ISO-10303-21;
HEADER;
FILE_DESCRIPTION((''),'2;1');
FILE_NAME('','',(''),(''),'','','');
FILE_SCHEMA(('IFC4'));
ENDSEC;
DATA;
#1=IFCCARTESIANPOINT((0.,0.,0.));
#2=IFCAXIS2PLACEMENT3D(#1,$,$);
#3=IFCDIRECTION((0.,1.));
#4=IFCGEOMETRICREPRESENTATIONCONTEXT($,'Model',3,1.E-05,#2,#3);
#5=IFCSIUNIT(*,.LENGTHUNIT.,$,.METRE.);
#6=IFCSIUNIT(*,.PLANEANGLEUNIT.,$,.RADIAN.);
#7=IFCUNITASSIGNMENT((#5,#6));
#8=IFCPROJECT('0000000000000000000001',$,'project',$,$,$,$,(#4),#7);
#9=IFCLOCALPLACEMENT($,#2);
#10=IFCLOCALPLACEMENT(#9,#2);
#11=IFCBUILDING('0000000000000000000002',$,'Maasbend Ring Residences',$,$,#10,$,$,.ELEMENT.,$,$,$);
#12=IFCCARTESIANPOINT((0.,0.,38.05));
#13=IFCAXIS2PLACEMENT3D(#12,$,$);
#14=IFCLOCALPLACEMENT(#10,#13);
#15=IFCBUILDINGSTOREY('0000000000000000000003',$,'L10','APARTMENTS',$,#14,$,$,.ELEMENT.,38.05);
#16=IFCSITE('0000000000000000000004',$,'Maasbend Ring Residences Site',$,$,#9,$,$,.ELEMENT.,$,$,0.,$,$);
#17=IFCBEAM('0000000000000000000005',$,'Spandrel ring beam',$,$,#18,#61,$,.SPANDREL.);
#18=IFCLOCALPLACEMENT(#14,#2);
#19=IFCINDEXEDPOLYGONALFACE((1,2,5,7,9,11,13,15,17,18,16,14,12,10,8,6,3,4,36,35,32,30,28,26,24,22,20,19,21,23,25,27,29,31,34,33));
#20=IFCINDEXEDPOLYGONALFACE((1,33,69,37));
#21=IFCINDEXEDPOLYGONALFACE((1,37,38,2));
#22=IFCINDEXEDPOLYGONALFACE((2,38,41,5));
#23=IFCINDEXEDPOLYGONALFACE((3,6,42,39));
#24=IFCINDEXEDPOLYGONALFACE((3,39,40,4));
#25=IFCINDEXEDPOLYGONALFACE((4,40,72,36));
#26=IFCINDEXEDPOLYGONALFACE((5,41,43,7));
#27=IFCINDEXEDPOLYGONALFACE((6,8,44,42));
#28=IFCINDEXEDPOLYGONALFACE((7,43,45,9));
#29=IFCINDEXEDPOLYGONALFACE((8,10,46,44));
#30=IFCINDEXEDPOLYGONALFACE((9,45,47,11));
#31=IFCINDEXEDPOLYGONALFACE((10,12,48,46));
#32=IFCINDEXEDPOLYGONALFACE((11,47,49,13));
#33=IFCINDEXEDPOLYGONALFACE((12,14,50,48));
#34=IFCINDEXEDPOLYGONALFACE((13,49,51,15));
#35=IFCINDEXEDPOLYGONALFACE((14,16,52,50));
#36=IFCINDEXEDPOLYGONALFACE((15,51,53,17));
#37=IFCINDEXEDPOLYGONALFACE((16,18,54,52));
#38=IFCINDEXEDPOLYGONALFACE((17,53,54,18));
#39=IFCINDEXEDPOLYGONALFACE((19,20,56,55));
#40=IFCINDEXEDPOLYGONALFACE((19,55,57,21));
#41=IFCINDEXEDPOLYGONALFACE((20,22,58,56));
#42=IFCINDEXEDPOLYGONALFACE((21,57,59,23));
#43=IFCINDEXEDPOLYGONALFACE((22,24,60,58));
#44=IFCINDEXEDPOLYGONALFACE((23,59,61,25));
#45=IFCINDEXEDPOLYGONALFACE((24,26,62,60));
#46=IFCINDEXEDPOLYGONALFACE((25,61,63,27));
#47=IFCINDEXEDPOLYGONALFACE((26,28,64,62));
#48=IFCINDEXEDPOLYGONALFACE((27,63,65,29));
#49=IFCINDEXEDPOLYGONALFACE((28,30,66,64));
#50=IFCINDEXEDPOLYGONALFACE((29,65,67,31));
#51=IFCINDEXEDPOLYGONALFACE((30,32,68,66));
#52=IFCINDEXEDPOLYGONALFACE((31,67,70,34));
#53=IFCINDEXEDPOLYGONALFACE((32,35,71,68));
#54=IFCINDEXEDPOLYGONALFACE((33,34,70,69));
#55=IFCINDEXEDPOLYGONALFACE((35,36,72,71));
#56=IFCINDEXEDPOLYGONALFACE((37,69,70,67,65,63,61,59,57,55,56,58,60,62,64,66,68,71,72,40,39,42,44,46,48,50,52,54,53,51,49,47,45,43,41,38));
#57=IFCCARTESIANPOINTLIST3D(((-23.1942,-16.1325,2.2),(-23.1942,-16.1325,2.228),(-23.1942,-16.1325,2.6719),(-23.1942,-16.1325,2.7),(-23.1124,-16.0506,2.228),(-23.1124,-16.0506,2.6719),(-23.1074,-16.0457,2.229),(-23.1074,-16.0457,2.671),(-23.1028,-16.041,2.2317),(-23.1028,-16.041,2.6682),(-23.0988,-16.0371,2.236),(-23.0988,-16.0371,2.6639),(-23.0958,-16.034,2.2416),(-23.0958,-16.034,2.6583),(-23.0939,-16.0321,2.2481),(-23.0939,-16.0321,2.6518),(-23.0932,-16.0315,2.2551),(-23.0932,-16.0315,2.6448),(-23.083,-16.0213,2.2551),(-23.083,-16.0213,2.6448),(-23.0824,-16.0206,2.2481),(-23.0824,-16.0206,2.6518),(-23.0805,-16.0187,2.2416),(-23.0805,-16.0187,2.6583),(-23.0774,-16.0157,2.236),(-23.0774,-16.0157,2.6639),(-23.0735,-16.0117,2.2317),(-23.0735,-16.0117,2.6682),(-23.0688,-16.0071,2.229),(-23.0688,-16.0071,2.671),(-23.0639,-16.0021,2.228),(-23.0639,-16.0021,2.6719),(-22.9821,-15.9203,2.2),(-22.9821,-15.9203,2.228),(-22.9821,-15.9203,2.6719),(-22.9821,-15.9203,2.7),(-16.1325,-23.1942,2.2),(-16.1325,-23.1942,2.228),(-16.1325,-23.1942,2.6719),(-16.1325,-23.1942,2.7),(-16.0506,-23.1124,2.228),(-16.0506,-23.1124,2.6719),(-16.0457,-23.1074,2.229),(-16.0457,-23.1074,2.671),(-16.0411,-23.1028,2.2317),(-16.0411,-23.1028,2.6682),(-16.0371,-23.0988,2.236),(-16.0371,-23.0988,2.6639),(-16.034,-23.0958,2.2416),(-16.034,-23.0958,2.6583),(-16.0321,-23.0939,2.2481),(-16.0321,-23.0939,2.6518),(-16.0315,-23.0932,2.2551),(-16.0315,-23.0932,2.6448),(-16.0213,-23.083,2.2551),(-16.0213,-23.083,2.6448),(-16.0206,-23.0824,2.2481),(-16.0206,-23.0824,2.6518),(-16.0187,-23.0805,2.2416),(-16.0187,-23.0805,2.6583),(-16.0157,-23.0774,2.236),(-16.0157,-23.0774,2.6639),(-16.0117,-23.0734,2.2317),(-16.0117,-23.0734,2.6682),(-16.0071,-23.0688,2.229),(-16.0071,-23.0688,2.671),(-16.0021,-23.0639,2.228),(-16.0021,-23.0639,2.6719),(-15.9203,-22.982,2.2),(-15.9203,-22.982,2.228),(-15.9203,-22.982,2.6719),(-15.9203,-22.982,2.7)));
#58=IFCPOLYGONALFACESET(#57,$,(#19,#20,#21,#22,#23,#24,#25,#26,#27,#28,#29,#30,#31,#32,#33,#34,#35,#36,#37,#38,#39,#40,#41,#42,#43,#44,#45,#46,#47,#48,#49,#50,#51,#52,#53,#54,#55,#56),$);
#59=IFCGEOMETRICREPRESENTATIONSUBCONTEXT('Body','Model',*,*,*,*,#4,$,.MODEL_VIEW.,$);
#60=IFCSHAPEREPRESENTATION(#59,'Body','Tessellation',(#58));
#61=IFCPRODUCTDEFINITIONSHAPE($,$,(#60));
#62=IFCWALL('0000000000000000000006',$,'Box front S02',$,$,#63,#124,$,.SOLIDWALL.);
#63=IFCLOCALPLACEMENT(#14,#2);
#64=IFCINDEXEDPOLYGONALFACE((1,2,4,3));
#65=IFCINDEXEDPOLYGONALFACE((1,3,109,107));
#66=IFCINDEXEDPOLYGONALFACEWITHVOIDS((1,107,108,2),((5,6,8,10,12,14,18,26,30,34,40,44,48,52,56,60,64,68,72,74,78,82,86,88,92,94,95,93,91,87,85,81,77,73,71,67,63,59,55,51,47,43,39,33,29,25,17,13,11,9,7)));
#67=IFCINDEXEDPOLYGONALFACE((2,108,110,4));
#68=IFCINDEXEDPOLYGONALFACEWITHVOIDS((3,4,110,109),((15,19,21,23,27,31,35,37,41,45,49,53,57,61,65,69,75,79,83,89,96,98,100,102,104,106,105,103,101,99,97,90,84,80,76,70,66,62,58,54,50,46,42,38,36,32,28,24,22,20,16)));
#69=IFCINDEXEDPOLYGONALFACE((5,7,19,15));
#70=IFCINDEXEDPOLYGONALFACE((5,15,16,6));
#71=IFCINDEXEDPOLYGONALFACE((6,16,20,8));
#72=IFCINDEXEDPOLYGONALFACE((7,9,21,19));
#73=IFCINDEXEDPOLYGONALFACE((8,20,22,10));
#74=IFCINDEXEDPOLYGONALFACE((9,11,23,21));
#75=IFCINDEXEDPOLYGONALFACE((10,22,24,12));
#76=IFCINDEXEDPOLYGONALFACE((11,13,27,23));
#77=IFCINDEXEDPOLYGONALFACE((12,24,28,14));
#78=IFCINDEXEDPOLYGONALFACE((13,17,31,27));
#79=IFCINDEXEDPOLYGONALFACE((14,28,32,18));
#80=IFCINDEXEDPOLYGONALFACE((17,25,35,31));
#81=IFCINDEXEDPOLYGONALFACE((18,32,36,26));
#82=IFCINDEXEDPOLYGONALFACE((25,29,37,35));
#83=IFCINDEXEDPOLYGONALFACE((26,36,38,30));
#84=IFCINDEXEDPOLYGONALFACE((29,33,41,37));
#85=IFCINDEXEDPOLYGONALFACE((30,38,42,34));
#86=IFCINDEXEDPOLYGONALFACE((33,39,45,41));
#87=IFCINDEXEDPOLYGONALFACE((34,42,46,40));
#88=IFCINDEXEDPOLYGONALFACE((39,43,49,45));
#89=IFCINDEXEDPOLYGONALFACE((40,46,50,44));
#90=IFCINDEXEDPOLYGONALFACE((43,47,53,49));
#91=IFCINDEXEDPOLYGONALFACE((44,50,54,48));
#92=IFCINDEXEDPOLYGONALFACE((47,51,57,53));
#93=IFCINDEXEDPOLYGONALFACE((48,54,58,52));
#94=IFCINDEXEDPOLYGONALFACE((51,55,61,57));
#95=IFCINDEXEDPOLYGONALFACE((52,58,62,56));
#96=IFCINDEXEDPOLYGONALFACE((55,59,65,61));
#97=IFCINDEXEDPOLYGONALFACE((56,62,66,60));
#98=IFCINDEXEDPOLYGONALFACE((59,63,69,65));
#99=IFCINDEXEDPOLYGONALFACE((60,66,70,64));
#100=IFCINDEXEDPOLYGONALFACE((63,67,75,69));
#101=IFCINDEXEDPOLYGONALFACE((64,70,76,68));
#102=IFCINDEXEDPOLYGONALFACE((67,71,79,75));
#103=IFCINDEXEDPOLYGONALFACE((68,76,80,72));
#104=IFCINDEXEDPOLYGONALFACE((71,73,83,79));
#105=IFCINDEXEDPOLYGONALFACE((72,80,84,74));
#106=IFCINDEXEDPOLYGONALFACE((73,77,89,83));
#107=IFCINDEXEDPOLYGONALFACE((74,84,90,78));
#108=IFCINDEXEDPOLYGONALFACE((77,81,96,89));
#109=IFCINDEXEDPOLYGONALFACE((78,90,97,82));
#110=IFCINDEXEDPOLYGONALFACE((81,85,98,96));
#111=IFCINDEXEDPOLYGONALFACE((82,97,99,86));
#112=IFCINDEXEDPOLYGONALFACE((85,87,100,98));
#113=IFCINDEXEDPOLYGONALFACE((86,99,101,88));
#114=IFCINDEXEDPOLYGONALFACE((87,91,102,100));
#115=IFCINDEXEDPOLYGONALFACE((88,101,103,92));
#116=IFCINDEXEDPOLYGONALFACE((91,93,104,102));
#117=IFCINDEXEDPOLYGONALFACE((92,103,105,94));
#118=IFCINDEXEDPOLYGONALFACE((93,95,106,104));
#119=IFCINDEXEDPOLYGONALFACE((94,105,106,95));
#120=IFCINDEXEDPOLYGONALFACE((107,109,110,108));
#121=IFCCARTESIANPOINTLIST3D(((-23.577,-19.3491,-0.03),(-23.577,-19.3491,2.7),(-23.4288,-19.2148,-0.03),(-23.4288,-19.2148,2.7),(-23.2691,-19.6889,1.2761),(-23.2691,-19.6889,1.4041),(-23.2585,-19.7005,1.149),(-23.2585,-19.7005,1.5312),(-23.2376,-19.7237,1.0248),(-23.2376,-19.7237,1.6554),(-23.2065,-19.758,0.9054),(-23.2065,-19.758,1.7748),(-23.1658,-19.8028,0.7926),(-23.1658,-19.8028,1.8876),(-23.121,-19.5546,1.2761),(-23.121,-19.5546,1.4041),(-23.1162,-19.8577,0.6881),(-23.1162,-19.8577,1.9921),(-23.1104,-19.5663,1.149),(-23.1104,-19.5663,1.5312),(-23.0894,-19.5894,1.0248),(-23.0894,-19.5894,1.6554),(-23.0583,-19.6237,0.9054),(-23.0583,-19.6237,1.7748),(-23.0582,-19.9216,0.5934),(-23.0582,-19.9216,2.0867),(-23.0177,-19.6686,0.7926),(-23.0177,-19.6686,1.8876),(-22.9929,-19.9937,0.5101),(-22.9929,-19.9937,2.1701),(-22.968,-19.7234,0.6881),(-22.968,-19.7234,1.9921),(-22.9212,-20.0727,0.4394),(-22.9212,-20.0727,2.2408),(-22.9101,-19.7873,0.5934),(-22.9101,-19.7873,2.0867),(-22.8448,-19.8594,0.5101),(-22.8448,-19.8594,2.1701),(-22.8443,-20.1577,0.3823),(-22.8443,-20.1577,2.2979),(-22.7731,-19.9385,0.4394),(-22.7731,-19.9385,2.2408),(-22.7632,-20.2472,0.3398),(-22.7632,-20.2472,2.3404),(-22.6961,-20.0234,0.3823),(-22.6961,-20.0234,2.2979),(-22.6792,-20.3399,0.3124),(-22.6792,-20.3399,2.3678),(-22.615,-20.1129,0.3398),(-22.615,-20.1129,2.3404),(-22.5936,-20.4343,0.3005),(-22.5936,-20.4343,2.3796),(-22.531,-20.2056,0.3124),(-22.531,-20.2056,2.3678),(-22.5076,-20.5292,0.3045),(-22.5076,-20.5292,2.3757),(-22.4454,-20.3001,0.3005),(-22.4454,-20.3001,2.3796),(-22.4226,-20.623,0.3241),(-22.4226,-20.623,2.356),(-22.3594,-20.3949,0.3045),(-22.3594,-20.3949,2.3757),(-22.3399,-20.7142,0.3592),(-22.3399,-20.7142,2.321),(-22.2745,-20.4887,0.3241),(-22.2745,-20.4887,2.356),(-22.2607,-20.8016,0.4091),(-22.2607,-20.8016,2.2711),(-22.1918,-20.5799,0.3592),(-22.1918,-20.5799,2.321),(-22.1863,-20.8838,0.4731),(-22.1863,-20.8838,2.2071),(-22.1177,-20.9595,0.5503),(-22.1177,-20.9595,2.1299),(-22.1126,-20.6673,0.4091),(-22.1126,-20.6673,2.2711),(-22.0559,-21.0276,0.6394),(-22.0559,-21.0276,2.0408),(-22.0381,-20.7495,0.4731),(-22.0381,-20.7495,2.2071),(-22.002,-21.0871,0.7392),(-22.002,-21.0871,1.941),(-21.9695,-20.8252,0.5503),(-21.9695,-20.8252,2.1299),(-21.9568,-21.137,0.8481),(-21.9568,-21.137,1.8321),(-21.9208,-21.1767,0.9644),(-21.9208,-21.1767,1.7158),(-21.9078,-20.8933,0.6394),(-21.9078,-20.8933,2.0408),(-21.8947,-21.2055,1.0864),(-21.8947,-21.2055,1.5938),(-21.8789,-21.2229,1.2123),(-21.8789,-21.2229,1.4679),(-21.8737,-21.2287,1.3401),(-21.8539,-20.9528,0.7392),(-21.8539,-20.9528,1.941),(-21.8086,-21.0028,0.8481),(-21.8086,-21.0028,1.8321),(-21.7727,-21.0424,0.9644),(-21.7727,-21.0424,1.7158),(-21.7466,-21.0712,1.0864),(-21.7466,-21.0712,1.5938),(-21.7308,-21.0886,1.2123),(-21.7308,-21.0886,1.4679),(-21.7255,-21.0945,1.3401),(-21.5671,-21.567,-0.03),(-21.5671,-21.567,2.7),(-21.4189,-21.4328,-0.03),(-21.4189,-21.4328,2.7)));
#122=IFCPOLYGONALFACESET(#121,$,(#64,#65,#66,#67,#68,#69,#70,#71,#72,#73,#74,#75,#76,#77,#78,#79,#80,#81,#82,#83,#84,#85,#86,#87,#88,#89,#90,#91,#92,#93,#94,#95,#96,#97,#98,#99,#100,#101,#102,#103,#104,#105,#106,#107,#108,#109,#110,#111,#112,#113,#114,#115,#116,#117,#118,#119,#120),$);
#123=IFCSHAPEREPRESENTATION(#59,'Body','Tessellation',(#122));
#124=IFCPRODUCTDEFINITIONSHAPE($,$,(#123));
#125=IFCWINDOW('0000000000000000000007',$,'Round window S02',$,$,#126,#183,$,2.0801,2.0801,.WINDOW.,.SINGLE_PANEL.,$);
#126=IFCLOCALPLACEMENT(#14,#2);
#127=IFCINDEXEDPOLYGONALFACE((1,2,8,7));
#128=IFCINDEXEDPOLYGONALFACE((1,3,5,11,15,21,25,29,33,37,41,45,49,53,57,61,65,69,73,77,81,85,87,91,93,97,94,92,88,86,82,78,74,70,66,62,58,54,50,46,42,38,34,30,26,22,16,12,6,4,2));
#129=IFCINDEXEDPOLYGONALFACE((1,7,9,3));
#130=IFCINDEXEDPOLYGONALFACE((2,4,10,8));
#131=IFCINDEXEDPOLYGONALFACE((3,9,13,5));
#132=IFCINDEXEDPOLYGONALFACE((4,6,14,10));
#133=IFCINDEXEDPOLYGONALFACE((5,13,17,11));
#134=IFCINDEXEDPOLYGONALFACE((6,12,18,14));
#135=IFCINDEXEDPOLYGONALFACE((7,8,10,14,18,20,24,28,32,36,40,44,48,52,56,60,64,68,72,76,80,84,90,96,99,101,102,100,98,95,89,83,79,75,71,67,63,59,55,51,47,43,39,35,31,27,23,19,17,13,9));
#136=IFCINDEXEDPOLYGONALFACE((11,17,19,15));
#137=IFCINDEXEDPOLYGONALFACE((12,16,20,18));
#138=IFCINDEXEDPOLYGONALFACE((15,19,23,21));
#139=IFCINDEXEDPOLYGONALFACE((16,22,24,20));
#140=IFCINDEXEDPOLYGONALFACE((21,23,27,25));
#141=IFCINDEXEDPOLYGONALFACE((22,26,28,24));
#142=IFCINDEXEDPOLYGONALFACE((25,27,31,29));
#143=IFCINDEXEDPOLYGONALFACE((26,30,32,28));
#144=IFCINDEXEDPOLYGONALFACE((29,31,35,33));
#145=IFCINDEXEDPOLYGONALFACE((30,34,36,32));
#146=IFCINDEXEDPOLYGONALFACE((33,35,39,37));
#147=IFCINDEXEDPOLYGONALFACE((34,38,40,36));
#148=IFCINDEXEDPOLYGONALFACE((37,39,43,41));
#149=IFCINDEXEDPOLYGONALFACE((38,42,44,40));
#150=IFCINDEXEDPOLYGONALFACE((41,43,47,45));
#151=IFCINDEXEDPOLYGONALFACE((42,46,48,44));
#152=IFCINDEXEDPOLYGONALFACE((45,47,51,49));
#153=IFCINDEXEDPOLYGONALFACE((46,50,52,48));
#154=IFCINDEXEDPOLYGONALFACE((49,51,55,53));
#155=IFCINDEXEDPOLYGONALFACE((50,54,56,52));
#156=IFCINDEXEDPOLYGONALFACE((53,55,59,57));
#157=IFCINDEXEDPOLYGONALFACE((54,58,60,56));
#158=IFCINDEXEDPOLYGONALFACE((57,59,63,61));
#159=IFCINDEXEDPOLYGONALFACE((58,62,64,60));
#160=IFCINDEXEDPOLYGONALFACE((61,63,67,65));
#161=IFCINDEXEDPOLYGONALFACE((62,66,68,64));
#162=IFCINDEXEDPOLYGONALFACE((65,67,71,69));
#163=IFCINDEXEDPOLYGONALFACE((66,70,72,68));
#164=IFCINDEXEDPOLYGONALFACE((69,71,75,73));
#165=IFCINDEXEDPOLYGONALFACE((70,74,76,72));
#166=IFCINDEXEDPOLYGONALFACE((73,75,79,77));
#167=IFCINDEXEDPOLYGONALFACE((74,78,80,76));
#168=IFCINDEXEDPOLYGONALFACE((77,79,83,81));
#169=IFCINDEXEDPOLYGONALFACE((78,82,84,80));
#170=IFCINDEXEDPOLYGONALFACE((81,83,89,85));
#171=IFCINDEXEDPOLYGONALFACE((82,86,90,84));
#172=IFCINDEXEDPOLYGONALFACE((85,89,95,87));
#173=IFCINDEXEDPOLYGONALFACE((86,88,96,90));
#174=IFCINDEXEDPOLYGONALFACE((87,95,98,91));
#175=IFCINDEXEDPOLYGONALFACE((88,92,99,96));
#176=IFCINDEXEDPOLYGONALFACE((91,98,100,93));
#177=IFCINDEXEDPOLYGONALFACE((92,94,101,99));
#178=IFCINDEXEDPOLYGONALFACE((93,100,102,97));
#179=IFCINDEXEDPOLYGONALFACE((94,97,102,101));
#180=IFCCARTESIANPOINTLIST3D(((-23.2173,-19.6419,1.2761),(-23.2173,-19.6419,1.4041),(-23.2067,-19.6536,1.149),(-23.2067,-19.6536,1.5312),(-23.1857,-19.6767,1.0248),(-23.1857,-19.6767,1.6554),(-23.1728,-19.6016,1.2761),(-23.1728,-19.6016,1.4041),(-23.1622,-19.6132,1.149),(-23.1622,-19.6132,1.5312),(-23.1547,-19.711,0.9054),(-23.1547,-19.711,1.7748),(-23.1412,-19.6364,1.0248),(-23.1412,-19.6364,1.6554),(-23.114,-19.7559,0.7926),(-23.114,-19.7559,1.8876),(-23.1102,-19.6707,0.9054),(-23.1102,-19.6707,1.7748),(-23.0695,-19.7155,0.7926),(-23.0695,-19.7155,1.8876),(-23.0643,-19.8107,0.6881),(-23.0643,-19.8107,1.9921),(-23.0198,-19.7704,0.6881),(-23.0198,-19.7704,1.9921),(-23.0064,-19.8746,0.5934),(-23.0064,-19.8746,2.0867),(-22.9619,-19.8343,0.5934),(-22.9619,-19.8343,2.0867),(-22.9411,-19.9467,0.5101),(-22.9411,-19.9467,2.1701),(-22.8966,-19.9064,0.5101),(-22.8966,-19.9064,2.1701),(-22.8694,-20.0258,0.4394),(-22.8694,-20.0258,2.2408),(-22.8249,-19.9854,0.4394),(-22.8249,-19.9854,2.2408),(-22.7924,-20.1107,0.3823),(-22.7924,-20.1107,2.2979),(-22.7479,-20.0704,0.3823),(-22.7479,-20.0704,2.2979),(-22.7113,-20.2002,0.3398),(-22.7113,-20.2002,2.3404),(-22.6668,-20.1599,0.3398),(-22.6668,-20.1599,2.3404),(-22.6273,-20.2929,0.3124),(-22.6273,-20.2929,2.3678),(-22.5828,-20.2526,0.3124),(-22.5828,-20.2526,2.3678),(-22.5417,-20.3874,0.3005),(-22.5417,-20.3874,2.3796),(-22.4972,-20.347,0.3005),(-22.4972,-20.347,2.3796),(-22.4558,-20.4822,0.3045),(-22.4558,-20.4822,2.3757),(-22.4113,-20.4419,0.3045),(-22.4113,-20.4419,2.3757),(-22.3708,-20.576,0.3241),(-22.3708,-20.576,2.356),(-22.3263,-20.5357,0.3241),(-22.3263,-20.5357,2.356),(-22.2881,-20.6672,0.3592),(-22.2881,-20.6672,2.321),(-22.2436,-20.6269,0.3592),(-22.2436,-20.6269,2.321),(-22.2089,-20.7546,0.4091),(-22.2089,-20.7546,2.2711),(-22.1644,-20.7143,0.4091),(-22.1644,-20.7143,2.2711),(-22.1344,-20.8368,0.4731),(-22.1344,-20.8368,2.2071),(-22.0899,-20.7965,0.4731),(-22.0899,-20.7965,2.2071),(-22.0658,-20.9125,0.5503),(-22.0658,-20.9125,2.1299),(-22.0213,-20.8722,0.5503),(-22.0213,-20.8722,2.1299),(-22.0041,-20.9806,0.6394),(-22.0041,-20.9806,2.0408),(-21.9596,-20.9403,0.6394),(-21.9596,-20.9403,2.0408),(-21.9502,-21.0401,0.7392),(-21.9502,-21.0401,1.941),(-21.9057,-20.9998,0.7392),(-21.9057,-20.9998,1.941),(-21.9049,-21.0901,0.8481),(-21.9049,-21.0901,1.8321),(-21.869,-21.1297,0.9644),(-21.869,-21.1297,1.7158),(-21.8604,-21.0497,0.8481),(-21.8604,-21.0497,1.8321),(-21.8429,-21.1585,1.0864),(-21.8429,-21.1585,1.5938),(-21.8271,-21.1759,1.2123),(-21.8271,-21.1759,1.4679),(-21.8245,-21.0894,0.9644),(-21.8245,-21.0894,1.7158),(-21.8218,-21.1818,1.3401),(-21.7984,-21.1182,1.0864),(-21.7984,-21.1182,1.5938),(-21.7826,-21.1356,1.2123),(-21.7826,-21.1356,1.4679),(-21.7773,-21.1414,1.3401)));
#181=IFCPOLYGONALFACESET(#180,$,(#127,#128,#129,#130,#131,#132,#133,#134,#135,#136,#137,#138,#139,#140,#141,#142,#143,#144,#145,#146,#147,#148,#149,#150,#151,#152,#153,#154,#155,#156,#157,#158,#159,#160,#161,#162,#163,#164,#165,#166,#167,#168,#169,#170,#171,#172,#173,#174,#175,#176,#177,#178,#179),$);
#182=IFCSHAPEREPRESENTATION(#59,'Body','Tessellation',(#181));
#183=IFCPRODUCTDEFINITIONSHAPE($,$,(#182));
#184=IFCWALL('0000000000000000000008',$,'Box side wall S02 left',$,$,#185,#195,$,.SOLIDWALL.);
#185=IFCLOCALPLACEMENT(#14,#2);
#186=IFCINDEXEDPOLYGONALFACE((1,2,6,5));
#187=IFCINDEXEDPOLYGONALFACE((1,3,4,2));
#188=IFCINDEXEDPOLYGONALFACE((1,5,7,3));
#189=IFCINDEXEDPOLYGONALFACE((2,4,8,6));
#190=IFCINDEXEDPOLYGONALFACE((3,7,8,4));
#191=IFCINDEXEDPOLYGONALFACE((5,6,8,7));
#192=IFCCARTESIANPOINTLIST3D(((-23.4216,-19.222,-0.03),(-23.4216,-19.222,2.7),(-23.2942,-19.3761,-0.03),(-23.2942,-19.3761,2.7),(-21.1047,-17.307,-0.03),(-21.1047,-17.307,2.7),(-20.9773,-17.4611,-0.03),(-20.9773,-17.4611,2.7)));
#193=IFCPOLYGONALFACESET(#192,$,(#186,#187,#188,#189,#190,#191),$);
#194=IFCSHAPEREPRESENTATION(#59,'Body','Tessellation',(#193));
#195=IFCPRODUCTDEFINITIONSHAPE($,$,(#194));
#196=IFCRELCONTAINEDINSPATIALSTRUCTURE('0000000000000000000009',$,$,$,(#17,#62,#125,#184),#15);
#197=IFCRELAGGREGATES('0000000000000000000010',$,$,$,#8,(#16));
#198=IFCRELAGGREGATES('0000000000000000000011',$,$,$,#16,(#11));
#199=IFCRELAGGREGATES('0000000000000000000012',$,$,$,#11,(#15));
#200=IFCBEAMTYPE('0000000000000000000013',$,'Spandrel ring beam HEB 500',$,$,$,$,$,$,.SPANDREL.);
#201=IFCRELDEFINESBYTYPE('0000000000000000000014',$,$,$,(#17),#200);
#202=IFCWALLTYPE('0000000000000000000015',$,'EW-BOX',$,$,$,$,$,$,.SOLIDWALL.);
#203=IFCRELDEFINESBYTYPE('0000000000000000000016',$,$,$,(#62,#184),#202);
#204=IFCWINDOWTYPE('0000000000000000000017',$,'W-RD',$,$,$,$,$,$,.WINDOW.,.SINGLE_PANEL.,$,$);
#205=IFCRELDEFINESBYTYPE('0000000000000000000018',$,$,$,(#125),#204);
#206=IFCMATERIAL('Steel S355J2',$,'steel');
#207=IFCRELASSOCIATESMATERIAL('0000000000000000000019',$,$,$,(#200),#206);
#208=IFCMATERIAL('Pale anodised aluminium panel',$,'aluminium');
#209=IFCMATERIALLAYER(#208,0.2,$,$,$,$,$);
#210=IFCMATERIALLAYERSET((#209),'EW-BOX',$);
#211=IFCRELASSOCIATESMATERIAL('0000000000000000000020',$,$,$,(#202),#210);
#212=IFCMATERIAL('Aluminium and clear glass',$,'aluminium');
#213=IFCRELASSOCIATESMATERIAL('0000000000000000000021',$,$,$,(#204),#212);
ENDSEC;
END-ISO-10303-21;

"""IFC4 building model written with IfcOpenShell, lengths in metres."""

from ifc_helpers import new_model, si_unit, direction, frame, frame_2d, origin, origin_2d, place, context, subcontext, project, spatial, rectangle, circle, i_section, extrude, material, layer, layer_set, material_profile, profile_set, type_object, element, fill, save


model = new_model("IFC4")

# Units and contexts
model_context = context("Model", 3, precision=1e-05, world=origin(), true_north=direction((0.0, 1.0)))
body_context = subcontext(model_context, "Body", "Model", "MODEL_VIEW")
ifc_project = project(units=[si_unit("LENGTHUNIT", "METRE"), si_unit("PLANEANGLEUNIT", "RADIAN")], contexts=[model_context])

# Site, building, storey
site_placement = place(None, origin())
site = spatial("IfcSite", under=ifc_project, at=site_placement, Name="Maasbend Ring Residences Site", CompositionType="ELEMENT", RefElevation=0.0)
building_placement = place(site_placement, origin())
building = spatial("IfcBuilding", under=site, at=building_placement, Name="Maasbend Ring Residences", CompositionType="ELEMENT")
storey_placement = place(building_placement, frame((0.0, 0.0, 38.05)))
storey = spatial("IfcBuildingStorey", under=building, at=storey_placement, Name="L10", Description="APARTMENTS", CompositionType="ELEMENT", Elevation=38.05)

# Beam
ifc_material_1 = material(Name="Steel S355J2", Category="steel")
ifc_material_profile_1 = material_profile(ifc_material_1, i_section(OverallWidth=0.3, OverallDepth=0.5, WebThickness=0.0144, FlangeThickness=0.0281, FilletRadius=0.0271, at=origin_2d()), Name="HEB 500")
ifc_profile_set_1 = profile_set([ifc_material_profile_1], Name="Steel S355J2")
beam_type = type_object("IfcBeamType", Name="Spandrel ring beam HEB 500", PredefinedType="SPANDREL", material=ifc_profile_set_1)
beam_placement = place(storey_placement, frame((-23.0881, -16.0264, 2.45), z_axis=(0.707107, -0.707107, 0.0), x_axis=(0.707107, 0.707107, 0.0)))
element("IfcBeam", 1, at=beam_placement, inside=storey, type_object=beam_type, Name="Spandrel ring beam", PredefinedType="SPANDREL", context=body_context, shape_type="SweptSolid", body=[
    extrude(i_section(OverallWidth=0.3, OverallDepth=0.5, WebThickness=0.0144, FlangeThickness=0.0281, FilletRadius=0.0271, at=origin_2d()), origin(), (0.0, 0.0, 1.0), 9.9868),
])

# Wall, opening, window
ifc_material_2 = material(Name="Pale anodised aluminium panel", Category="aluminium")
ifc_layer_1 = layer(ifc_material_2, 0.2)
ifc_layer_set_1 = layer_set([ifc_layer_1], Name="EW-BOX")
wall_type_1 = type_object("IfcWallType", Name="EW-BOX", PredefinedType="SOLIDWALL", material=ifc_layer_set_1)
wall_1_placement = place(storey_placement, frame((-23.5029, -19.282, -0.03), z_axis=(0.0, 0.0, 1.0), x_axis=(0.671507, -0.740998, 0.0)))
wall_1 = element("IfcWall", 2, at=wall_1_placement, inside=storey, type_object=wall_type_1, Name="Box front S02", PredefinedType="SOLIDWALL", context=body_context, shape_type="SweptSolid", body=[
    extrude(rectangle(XDim=2.9932, YDim=0.2, at=frame_2d((1.4966, 0.0))), origin(), (0.0, 0.0, 1.0), 2.73),
])
opening_1_placement = place(wall_1_placement, frame((0.4565, 0.0, 0.3301)))
opening_1 = element("IfcOpeningElement", 3, at=opening_1_placement, cuts=wall_1, PredefinedType="OPENING", context=body_context, shape_type="SweptSolid", body=[
    extrude(circle(Radius=1.04, at=frame_2d((1.04, 1.04))), frame((0.0, 0.1099, 0.0), z_axis=(0.0, -1.0, 0.0), x_axis=(1.0, 0.0, 0.0)), (0.0, 0.0, 1.0), 0.22),
])
ifc_material_3 = material(Name="Aluminium and clear glass", Category="aluminium")
window_type_1 = type_object("IfcWindowType", Name="W-RD", PartitioningType="SINGLE_PANEL", PredefinedType="WINDOW", material=ifc_material_3)
window_1_placement = place(opening_1_placement, origin())
window_1 = element("IfcWindow", 4, at=window_1_placement, inside=storey, type_object=window_type_1, Name="Round window S02", OverallHeight=2.0801, OverallWidth=2.0801, PartitioningType="SINGLE_PANEL", PredefinedType="WINDOW", context=body_context, shape_type="SweptSolid", body=[
    extrude(circle(Radius=1.04, at=frame_2d((1.04, 1.04))), frame((0.0, 0.03, 0.0), z_axis=(0.0, -1.0, 0.0), x_axis=(1.0, 0.0, 0.0)), (0.0, 0.0, 1.0), 0.0601),
])
fill(opening_1, window_1)

# Wall
wall_2_placement = place(storey_placement, frame((-21.041, -17.384, -0.03), z_axis=(0.0, 0.0, 1.0), x_axis=(-0.770785, -0.637096, 0.0)))
element("IfcWall", 5, at=wall_2_placement, inside=storey, type_object=wall_type_1, Name="Box side wall S02 left", PredefinedType="SOLIDWALL", context=body_context, shape_type="SweptSolid", body=[
    extrude(rectangle(XDim=3.0059, YDim=0.2, at=frame_2d((1.5029, 0.0))), origin(), (0.0, 0.0, 1.0), 2.73),
])

save(model, "model.ifc")
